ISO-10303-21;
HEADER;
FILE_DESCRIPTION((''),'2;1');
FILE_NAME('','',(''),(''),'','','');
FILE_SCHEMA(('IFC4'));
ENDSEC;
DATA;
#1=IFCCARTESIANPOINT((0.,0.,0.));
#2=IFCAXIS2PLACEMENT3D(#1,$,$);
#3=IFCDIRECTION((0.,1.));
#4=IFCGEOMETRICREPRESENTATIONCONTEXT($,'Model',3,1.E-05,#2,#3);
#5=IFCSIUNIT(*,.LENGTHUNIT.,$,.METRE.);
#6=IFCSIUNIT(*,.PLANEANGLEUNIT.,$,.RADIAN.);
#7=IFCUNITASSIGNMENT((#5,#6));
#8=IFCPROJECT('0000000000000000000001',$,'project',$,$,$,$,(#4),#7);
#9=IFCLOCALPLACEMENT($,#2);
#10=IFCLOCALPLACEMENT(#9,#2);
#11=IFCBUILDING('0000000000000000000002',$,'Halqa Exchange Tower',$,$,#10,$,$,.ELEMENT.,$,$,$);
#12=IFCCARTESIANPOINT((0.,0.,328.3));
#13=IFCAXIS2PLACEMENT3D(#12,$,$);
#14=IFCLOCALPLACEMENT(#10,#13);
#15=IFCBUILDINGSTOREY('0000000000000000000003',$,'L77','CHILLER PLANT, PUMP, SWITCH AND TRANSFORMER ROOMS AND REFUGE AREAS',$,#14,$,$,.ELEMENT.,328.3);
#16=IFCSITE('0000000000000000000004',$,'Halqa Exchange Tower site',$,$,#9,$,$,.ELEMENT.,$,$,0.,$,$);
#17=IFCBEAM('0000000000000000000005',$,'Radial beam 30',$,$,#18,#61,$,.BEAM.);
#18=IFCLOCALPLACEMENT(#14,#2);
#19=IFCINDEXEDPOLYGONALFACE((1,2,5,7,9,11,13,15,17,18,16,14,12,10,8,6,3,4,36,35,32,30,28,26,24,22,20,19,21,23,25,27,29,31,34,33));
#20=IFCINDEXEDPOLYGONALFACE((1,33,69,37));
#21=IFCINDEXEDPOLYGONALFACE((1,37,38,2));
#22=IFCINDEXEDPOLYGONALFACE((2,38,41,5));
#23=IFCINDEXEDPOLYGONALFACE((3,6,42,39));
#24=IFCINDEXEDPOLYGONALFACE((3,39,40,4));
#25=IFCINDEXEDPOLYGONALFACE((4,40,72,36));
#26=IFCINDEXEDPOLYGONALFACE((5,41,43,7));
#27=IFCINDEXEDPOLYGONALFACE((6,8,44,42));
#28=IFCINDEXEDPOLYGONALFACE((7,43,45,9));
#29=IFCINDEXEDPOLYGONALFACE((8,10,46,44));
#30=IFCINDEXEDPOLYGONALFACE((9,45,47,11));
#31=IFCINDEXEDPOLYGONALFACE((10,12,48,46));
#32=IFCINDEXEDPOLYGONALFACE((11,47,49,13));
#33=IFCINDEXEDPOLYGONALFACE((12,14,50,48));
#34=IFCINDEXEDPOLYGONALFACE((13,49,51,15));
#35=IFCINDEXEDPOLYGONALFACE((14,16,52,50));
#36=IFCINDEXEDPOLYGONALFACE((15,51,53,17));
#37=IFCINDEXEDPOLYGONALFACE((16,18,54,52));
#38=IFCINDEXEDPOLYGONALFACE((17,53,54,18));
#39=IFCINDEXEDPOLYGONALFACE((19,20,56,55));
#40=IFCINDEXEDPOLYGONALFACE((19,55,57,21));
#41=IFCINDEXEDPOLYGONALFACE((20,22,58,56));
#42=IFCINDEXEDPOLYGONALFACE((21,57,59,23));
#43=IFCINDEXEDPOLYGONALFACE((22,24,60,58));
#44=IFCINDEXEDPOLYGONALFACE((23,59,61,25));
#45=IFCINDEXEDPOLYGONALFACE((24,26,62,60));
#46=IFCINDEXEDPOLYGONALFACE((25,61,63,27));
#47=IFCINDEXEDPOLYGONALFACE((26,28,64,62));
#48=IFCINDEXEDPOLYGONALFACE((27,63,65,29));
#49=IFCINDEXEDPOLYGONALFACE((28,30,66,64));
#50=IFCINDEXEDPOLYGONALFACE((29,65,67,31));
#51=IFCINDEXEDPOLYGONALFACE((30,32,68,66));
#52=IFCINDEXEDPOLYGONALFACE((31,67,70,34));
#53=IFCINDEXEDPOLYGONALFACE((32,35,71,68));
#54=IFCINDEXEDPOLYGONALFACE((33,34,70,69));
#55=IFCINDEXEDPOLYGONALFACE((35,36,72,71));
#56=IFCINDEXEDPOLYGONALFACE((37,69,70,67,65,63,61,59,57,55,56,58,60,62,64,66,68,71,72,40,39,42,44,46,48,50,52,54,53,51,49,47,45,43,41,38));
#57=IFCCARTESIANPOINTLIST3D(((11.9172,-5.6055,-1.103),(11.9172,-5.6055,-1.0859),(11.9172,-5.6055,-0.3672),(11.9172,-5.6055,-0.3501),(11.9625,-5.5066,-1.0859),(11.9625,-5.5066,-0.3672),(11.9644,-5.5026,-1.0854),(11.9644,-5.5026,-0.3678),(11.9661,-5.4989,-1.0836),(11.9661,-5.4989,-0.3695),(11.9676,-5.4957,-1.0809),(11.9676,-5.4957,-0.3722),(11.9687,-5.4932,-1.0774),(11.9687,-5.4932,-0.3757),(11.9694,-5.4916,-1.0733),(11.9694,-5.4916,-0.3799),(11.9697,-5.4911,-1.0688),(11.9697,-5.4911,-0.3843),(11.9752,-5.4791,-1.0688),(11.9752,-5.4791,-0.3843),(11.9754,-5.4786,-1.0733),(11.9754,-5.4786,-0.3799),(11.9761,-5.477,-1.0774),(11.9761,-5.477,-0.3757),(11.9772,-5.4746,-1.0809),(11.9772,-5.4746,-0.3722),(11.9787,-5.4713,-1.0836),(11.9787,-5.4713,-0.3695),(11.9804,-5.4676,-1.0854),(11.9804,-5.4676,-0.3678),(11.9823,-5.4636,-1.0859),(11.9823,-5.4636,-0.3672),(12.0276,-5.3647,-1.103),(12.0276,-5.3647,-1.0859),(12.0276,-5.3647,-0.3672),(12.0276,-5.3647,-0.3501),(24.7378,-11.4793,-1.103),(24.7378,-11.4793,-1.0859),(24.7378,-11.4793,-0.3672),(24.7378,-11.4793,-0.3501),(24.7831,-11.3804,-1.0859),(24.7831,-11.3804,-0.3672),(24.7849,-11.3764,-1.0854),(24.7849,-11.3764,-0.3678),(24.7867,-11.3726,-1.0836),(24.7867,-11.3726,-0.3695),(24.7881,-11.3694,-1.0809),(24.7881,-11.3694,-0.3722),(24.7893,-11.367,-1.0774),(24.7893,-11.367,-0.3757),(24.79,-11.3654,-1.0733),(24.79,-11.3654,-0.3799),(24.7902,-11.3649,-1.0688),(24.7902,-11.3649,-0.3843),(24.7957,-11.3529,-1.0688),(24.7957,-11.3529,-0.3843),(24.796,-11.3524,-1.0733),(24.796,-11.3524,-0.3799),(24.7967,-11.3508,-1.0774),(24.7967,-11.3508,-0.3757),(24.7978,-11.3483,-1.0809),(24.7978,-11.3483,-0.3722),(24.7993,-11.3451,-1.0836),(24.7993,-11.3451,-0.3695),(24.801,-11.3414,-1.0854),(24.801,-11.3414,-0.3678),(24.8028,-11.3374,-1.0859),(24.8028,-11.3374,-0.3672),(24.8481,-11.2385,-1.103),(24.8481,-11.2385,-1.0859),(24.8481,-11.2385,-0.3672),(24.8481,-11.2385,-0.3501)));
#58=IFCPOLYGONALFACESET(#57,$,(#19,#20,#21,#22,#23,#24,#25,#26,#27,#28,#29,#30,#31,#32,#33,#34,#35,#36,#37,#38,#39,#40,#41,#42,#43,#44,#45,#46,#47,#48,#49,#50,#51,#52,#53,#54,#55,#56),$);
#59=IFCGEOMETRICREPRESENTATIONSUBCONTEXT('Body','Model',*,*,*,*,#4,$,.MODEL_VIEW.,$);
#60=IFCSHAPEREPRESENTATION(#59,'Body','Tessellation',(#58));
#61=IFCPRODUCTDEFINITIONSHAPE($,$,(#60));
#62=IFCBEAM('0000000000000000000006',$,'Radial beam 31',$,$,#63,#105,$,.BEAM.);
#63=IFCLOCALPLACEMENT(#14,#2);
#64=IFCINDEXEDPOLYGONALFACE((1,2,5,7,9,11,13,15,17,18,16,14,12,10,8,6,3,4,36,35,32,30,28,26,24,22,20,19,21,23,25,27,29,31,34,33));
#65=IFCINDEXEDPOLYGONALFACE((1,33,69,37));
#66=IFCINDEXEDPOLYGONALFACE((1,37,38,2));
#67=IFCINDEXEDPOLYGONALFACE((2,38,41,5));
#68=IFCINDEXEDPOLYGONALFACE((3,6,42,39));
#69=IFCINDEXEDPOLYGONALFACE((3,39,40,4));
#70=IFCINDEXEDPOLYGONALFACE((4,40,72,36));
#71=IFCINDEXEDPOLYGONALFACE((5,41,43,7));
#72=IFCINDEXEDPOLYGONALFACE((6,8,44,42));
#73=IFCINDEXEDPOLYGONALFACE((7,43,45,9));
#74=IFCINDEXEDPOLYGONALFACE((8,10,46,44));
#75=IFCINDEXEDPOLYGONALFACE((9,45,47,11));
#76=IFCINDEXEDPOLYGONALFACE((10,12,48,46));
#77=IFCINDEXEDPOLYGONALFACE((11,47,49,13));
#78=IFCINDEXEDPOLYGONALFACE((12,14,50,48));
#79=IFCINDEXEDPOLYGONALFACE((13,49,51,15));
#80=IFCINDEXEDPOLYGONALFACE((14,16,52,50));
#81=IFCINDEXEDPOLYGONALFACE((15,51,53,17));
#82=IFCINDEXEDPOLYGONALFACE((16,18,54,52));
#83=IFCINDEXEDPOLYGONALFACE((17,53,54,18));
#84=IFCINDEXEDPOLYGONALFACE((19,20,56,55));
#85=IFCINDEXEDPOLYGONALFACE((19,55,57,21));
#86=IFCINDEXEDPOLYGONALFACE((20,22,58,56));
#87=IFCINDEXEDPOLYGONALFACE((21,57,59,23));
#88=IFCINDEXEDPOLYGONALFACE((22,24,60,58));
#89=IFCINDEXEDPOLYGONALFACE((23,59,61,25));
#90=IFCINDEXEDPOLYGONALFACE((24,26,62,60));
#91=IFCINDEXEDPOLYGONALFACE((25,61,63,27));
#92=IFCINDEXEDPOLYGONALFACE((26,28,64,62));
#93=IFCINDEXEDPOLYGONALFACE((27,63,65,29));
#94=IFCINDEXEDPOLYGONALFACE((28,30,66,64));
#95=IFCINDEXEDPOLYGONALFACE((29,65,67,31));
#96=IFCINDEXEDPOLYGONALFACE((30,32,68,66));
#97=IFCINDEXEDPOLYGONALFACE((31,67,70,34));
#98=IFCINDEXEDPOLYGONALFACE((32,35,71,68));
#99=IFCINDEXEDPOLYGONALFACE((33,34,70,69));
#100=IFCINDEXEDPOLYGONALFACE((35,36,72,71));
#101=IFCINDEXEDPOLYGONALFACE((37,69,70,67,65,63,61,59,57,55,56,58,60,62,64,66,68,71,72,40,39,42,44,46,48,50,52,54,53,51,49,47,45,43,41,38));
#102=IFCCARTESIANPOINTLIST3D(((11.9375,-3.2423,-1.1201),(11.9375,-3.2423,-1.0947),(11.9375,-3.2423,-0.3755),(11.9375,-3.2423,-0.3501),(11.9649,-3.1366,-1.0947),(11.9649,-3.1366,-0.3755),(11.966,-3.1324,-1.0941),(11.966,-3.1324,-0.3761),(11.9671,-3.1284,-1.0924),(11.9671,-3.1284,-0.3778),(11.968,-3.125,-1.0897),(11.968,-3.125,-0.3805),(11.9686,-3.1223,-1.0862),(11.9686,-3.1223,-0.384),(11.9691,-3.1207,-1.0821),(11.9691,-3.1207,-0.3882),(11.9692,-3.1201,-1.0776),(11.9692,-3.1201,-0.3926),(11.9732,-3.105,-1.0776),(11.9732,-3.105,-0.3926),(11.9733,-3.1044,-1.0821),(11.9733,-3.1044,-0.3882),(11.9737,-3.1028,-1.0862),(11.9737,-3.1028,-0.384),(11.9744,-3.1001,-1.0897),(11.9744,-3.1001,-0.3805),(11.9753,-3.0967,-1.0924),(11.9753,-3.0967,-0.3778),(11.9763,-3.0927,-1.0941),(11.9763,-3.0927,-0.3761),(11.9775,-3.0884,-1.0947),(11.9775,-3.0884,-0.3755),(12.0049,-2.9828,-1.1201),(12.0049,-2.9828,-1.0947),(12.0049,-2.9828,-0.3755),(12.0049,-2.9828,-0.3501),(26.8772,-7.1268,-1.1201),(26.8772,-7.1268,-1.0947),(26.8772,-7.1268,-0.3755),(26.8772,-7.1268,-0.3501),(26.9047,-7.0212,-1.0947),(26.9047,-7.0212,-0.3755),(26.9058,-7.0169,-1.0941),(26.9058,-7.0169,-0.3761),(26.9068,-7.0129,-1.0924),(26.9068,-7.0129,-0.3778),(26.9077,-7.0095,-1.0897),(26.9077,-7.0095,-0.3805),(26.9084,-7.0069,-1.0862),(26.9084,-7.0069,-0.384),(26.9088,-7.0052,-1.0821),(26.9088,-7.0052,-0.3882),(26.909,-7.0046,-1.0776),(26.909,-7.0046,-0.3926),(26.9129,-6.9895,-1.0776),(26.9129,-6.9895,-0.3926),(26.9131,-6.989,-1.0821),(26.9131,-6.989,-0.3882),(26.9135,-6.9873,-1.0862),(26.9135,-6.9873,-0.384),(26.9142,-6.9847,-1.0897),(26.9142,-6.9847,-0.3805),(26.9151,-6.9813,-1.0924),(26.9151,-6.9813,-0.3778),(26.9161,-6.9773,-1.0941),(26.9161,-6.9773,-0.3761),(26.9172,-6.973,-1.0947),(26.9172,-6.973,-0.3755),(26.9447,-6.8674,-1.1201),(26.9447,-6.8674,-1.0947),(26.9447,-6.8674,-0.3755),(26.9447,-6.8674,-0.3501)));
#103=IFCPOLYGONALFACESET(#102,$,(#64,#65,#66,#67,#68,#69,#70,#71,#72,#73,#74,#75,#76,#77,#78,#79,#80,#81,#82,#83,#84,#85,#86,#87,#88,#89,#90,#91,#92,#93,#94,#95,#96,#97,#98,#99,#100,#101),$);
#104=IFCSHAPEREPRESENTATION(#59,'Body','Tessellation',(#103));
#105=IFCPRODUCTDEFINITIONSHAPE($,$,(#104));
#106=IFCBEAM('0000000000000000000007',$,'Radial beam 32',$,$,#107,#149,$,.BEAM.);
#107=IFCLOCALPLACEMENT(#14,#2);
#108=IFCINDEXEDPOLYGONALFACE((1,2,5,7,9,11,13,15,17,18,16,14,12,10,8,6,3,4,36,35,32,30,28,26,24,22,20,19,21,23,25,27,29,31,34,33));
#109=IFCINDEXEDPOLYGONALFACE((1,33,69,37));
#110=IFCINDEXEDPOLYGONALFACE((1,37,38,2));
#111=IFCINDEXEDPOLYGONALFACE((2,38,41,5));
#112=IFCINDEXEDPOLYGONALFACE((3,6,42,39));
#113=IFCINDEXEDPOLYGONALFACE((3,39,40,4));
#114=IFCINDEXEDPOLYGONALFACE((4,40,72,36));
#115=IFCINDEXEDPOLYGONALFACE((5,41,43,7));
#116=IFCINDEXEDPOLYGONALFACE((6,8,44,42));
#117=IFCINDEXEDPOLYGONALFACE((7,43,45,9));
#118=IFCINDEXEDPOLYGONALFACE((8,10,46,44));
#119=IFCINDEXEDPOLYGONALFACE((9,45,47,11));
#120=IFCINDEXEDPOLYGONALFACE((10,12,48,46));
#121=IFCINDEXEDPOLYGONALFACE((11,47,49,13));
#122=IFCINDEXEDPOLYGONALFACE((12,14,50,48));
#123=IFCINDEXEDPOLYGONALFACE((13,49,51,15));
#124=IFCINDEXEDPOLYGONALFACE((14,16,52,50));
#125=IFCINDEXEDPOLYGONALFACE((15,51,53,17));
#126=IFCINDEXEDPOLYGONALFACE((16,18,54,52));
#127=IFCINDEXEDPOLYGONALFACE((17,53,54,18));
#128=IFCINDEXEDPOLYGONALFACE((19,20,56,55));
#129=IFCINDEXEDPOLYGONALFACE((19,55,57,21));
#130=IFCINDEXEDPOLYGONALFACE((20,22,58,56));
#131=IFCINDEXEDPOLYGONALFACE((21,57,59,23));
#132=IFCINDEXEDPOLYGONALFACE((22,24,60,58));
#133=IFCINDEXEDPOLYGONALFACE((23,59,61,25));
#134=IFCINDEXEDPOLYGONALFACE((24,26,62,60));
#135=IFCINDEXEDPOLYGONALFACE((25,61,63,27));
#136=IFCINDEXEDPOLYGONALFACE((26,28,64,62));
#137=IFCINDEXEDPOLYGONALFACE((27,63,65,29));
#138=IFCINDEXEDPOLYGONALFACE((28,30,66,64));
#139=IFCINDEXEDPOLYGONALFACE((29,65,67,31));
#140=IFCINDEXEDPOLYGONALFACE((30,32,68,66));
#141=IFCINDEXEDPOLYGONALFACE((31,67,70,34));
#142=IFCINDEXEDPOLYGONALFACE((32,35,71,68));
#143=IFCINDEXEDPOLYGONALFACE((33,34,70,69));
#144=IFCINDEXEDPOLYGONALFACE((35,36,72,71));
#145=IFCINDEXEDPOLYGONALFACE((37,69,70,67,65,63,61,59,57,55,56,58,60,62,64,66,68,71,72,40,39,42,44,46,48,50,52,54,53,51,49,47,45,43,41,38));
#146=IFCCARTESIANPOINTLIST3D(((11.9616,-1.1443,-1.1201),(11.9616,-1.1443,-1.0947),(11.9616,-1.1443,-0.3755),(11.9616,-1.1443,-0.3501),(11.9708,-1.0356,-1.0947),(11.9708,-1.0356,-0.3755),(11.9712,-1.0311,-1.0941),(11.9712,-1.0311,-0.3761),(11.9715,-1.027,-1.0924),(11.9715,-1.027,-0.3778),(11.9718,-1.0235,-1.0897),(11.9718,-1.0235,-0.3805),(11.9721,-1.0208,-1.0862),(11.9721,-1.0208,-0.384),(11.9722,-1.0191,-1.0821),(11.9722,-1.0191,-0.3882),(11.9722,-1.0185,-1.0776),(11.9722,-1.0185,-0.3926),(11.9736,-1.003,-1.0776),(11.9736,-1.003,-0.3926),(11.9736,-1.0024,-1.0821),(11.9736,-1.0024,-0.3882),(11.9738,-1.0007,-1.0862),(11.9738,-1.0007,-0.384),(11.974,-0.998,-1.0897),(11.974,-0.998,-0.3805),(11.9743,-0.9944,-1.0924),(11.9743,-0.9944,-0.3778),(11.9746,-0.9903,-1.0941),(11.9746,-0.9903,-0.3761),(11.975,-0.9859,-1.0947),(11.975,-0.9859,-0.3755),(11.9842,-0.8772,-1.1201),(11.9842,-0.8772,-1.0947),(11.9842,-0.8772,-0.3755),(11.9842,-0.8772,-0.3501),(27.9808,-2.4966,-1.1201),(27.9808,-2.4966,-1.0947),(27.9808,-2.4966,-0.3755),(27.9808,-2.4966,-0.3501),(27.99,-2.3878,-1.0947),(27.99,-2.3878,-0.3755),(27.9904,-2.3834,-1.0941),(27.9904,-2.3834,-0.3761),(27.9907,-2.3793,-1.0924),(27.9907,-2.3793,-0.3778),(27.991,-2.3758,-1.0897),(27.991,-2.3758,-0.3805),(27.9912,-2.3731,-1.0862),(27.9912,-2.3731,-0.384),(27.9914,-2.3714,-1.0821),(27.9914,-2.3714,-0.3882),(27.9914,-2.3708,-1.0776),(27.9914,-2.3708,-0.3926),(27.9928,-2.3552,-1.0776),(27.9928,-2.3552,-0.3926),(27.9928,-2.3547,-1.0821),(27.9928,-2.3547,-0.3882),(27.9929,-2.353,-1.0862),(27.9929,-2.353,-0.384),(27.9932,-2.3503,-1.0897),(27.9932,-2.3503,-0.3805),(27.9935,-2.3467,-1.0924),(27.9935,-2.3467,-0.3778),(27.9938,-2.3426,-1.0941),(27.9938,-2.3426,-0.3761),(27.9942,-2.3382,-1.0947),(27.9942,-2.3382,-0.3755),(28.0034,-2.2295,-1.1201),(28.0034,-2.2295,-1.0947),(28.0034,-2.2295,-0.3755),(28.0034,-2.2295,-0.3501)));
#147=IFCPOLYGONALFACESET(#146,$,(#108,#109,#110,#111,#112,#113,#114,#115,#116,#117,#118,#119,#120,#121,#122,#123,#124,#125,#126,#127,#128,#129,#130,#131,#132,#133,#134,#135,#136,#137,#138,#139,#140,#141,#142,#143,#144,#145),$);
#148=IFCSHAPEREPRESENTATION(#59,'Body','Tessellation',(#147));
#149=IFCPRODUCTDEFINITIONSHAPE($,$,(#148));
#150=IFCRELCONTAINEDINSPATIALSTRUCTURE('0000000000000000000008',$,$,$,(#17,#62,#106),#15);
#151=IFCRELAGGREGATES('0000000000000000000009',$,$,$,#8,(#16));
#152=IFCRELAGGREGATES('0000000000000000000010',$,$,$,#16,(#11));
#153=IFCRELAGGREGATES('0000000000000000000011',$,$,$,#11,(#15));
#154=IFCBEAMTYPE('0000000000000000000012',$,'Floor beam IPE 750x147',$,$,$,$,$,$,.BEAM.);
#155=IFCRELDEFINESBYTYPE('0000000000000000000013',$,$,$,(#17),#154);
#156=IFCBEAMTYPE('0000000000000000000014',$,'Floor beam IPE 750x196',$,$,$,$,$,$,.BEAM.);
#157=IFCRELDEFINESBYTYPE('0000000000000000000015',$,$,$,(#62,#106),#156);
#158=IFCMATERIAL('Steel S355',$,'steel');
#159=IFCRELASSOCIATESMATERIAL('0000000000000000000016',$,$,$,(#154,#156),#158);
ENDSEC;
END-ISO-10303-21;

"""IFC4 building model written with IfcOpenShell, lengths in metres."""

from ifc_helpers import new_model, si_unit, direction, frame, origin, origin_2d, place, context, subcontext, project, spatial, i_section, extrude, material, material_profile, profile_set, type_object, element, save


model = new_model("IFC4")

# Units and contexts
model_context = context("Model", 3, precision=1e-05, world=origin(), true_north=direction((0.0, 1.0)))
body_context = subcontext(model_context, "Body", "Model", "MODEL_VIEW")
ifc_project = project(units=[si_unit("LENGTHUNIT", "METRE"), si_unit("PLANEANGLEUNIT", "RADIAN")], contexts=[model_context])

# Site, building, storey
site_placement = place(None, origin())
site = spatial("IfcSite", under=ifc_project, at=site_placement, Name="Halqa Exchange Tower site", CompositionType="ELEMENT", RefElevation=0.0)
building_placement = place(site_placement, origin())
building = spatial("IfcBuilding", under=site, at=building_placement, Name="Halqa Exchange Tower", CompositionType="ELEMENT")
storey_placement = place(building_placement, frame((0.0, 0.0, 328.3)))
storey = spatial("IfcBuildingStorey", under=building, at=storey_placement, Name="L77", Description="CHILLER PLANT, PUMP, SWITCH AND TRANSFORMER ROOMS AND REFUGE AREAS", CompositionType="ELEMENT", Elevation=328.3)

# Shared definitions
ifc_material_1 = material(Name="Steel S355", Category="steel")

# Beams
ifc_material_profile_1 = material_profile(ifc_material_1, i_section(OverallWidth=0.2649, OverallDepth=0.7529, WebThickness=0.0132, FlangeThickness=0.0171, FilletRadius=0.0171, at=origin_2d()), Name="IPE 750x147")
ifc_profile_set_1 = profile_set([ifc_material_profile_1], Name="Steel S355")
beam_type_1 = type_object("IfcBeamType", Name="Floor beam IPE 750x147", PredefinedType="BEAM", material=ifc_profile_set_1)
beam_1_placement = place(storey_placement, frame((11.9724, -5.4851, -0.7266), z_axis=(0.909127, -0.416519, 0.0), x_axis=(0.416519, 0.909127, 0.0)))
element("IfcBeam", 1, at=beam_1_placement, inside=storey, type_object=beam_type_1, Name="Radial beam 30", PredefinedType="BEAM", context=body_context, shape_type="SweptSolid", body=[
    extrude(i_section(OverallWidth=0.2649, OverallDepth=0.7529, WebThickness=0.0132, FlangeThickness=0.0171, FilletRadius=0.0171, at=origin_2d()), origin(), (0.0, 0.0, 1.0), 14.1021),
])
ifc_material_profile_2 = material_profile(ifc_material_1, i_section(OverallWidth=0.2681, OverallDepth=0.77, WebThickness=0.0156, FlangeThickness=0.0254, FilletRadius=0.0171, at=origin_2d()), Name="IPE 750x196")
ifc_profile_set_2 = profile_set([ifc_material_profile_2], Name="Steel S355")
beam_type_2 = type_object("IfcBeamType", Name="Floor beam IPE 750x196", PredefinedType="BEAM", material=ifc_profile_set_2)
beam_2_placement = place(storey_placement, frame((11.9712, -3.1125, -0.7351), z_axis=(0.967819, -0.251646, 0.0), x_axis=(0.251646, 0.967819, 0.0)))
element("IfcBeam", 2, at=beam_2_placement, inside=storey, type_object=beam_type_2, Name="Radial beam 31", PredefinedType="BEAM", context=body_context, shape_type="SweptSolid", body=[
    extrude(i_section(OverallWidth=0.2681, OverallDepth=0.77, WebThickness=0.0156, FlangeThickness=0.0254, FilletRadius=0.0171, at=origin_2d()), origin(), (0.0, 0.0, 1.0), 15.4365),
])
beam_3_placement = place(storey_placement, frame((11.9729, -1.0107, -0.7351), z_axis=(0.996456, -0.084117, 0.0), x_axis=(0.084117, 0.996456, 0.0)))
element("IfcBeam", 3, at=beam_3_placement, inside=storey, type_object=beam_type_2, Name="Radial beam 32", PredefinedType="BEAM", context=body_context, shape_type="SweptSolid", body=[
    extrude(i_section(OverallWidth=0.2681, OverallDepth=0.77, WebThickness=0.0156, FlangeThickness=0.0254, FilletRadius=0.0171, at=origin_2d()), origin(), (0.0, 0.0, 1.0), 16.0762),
])

save(model, "model.ifc")
